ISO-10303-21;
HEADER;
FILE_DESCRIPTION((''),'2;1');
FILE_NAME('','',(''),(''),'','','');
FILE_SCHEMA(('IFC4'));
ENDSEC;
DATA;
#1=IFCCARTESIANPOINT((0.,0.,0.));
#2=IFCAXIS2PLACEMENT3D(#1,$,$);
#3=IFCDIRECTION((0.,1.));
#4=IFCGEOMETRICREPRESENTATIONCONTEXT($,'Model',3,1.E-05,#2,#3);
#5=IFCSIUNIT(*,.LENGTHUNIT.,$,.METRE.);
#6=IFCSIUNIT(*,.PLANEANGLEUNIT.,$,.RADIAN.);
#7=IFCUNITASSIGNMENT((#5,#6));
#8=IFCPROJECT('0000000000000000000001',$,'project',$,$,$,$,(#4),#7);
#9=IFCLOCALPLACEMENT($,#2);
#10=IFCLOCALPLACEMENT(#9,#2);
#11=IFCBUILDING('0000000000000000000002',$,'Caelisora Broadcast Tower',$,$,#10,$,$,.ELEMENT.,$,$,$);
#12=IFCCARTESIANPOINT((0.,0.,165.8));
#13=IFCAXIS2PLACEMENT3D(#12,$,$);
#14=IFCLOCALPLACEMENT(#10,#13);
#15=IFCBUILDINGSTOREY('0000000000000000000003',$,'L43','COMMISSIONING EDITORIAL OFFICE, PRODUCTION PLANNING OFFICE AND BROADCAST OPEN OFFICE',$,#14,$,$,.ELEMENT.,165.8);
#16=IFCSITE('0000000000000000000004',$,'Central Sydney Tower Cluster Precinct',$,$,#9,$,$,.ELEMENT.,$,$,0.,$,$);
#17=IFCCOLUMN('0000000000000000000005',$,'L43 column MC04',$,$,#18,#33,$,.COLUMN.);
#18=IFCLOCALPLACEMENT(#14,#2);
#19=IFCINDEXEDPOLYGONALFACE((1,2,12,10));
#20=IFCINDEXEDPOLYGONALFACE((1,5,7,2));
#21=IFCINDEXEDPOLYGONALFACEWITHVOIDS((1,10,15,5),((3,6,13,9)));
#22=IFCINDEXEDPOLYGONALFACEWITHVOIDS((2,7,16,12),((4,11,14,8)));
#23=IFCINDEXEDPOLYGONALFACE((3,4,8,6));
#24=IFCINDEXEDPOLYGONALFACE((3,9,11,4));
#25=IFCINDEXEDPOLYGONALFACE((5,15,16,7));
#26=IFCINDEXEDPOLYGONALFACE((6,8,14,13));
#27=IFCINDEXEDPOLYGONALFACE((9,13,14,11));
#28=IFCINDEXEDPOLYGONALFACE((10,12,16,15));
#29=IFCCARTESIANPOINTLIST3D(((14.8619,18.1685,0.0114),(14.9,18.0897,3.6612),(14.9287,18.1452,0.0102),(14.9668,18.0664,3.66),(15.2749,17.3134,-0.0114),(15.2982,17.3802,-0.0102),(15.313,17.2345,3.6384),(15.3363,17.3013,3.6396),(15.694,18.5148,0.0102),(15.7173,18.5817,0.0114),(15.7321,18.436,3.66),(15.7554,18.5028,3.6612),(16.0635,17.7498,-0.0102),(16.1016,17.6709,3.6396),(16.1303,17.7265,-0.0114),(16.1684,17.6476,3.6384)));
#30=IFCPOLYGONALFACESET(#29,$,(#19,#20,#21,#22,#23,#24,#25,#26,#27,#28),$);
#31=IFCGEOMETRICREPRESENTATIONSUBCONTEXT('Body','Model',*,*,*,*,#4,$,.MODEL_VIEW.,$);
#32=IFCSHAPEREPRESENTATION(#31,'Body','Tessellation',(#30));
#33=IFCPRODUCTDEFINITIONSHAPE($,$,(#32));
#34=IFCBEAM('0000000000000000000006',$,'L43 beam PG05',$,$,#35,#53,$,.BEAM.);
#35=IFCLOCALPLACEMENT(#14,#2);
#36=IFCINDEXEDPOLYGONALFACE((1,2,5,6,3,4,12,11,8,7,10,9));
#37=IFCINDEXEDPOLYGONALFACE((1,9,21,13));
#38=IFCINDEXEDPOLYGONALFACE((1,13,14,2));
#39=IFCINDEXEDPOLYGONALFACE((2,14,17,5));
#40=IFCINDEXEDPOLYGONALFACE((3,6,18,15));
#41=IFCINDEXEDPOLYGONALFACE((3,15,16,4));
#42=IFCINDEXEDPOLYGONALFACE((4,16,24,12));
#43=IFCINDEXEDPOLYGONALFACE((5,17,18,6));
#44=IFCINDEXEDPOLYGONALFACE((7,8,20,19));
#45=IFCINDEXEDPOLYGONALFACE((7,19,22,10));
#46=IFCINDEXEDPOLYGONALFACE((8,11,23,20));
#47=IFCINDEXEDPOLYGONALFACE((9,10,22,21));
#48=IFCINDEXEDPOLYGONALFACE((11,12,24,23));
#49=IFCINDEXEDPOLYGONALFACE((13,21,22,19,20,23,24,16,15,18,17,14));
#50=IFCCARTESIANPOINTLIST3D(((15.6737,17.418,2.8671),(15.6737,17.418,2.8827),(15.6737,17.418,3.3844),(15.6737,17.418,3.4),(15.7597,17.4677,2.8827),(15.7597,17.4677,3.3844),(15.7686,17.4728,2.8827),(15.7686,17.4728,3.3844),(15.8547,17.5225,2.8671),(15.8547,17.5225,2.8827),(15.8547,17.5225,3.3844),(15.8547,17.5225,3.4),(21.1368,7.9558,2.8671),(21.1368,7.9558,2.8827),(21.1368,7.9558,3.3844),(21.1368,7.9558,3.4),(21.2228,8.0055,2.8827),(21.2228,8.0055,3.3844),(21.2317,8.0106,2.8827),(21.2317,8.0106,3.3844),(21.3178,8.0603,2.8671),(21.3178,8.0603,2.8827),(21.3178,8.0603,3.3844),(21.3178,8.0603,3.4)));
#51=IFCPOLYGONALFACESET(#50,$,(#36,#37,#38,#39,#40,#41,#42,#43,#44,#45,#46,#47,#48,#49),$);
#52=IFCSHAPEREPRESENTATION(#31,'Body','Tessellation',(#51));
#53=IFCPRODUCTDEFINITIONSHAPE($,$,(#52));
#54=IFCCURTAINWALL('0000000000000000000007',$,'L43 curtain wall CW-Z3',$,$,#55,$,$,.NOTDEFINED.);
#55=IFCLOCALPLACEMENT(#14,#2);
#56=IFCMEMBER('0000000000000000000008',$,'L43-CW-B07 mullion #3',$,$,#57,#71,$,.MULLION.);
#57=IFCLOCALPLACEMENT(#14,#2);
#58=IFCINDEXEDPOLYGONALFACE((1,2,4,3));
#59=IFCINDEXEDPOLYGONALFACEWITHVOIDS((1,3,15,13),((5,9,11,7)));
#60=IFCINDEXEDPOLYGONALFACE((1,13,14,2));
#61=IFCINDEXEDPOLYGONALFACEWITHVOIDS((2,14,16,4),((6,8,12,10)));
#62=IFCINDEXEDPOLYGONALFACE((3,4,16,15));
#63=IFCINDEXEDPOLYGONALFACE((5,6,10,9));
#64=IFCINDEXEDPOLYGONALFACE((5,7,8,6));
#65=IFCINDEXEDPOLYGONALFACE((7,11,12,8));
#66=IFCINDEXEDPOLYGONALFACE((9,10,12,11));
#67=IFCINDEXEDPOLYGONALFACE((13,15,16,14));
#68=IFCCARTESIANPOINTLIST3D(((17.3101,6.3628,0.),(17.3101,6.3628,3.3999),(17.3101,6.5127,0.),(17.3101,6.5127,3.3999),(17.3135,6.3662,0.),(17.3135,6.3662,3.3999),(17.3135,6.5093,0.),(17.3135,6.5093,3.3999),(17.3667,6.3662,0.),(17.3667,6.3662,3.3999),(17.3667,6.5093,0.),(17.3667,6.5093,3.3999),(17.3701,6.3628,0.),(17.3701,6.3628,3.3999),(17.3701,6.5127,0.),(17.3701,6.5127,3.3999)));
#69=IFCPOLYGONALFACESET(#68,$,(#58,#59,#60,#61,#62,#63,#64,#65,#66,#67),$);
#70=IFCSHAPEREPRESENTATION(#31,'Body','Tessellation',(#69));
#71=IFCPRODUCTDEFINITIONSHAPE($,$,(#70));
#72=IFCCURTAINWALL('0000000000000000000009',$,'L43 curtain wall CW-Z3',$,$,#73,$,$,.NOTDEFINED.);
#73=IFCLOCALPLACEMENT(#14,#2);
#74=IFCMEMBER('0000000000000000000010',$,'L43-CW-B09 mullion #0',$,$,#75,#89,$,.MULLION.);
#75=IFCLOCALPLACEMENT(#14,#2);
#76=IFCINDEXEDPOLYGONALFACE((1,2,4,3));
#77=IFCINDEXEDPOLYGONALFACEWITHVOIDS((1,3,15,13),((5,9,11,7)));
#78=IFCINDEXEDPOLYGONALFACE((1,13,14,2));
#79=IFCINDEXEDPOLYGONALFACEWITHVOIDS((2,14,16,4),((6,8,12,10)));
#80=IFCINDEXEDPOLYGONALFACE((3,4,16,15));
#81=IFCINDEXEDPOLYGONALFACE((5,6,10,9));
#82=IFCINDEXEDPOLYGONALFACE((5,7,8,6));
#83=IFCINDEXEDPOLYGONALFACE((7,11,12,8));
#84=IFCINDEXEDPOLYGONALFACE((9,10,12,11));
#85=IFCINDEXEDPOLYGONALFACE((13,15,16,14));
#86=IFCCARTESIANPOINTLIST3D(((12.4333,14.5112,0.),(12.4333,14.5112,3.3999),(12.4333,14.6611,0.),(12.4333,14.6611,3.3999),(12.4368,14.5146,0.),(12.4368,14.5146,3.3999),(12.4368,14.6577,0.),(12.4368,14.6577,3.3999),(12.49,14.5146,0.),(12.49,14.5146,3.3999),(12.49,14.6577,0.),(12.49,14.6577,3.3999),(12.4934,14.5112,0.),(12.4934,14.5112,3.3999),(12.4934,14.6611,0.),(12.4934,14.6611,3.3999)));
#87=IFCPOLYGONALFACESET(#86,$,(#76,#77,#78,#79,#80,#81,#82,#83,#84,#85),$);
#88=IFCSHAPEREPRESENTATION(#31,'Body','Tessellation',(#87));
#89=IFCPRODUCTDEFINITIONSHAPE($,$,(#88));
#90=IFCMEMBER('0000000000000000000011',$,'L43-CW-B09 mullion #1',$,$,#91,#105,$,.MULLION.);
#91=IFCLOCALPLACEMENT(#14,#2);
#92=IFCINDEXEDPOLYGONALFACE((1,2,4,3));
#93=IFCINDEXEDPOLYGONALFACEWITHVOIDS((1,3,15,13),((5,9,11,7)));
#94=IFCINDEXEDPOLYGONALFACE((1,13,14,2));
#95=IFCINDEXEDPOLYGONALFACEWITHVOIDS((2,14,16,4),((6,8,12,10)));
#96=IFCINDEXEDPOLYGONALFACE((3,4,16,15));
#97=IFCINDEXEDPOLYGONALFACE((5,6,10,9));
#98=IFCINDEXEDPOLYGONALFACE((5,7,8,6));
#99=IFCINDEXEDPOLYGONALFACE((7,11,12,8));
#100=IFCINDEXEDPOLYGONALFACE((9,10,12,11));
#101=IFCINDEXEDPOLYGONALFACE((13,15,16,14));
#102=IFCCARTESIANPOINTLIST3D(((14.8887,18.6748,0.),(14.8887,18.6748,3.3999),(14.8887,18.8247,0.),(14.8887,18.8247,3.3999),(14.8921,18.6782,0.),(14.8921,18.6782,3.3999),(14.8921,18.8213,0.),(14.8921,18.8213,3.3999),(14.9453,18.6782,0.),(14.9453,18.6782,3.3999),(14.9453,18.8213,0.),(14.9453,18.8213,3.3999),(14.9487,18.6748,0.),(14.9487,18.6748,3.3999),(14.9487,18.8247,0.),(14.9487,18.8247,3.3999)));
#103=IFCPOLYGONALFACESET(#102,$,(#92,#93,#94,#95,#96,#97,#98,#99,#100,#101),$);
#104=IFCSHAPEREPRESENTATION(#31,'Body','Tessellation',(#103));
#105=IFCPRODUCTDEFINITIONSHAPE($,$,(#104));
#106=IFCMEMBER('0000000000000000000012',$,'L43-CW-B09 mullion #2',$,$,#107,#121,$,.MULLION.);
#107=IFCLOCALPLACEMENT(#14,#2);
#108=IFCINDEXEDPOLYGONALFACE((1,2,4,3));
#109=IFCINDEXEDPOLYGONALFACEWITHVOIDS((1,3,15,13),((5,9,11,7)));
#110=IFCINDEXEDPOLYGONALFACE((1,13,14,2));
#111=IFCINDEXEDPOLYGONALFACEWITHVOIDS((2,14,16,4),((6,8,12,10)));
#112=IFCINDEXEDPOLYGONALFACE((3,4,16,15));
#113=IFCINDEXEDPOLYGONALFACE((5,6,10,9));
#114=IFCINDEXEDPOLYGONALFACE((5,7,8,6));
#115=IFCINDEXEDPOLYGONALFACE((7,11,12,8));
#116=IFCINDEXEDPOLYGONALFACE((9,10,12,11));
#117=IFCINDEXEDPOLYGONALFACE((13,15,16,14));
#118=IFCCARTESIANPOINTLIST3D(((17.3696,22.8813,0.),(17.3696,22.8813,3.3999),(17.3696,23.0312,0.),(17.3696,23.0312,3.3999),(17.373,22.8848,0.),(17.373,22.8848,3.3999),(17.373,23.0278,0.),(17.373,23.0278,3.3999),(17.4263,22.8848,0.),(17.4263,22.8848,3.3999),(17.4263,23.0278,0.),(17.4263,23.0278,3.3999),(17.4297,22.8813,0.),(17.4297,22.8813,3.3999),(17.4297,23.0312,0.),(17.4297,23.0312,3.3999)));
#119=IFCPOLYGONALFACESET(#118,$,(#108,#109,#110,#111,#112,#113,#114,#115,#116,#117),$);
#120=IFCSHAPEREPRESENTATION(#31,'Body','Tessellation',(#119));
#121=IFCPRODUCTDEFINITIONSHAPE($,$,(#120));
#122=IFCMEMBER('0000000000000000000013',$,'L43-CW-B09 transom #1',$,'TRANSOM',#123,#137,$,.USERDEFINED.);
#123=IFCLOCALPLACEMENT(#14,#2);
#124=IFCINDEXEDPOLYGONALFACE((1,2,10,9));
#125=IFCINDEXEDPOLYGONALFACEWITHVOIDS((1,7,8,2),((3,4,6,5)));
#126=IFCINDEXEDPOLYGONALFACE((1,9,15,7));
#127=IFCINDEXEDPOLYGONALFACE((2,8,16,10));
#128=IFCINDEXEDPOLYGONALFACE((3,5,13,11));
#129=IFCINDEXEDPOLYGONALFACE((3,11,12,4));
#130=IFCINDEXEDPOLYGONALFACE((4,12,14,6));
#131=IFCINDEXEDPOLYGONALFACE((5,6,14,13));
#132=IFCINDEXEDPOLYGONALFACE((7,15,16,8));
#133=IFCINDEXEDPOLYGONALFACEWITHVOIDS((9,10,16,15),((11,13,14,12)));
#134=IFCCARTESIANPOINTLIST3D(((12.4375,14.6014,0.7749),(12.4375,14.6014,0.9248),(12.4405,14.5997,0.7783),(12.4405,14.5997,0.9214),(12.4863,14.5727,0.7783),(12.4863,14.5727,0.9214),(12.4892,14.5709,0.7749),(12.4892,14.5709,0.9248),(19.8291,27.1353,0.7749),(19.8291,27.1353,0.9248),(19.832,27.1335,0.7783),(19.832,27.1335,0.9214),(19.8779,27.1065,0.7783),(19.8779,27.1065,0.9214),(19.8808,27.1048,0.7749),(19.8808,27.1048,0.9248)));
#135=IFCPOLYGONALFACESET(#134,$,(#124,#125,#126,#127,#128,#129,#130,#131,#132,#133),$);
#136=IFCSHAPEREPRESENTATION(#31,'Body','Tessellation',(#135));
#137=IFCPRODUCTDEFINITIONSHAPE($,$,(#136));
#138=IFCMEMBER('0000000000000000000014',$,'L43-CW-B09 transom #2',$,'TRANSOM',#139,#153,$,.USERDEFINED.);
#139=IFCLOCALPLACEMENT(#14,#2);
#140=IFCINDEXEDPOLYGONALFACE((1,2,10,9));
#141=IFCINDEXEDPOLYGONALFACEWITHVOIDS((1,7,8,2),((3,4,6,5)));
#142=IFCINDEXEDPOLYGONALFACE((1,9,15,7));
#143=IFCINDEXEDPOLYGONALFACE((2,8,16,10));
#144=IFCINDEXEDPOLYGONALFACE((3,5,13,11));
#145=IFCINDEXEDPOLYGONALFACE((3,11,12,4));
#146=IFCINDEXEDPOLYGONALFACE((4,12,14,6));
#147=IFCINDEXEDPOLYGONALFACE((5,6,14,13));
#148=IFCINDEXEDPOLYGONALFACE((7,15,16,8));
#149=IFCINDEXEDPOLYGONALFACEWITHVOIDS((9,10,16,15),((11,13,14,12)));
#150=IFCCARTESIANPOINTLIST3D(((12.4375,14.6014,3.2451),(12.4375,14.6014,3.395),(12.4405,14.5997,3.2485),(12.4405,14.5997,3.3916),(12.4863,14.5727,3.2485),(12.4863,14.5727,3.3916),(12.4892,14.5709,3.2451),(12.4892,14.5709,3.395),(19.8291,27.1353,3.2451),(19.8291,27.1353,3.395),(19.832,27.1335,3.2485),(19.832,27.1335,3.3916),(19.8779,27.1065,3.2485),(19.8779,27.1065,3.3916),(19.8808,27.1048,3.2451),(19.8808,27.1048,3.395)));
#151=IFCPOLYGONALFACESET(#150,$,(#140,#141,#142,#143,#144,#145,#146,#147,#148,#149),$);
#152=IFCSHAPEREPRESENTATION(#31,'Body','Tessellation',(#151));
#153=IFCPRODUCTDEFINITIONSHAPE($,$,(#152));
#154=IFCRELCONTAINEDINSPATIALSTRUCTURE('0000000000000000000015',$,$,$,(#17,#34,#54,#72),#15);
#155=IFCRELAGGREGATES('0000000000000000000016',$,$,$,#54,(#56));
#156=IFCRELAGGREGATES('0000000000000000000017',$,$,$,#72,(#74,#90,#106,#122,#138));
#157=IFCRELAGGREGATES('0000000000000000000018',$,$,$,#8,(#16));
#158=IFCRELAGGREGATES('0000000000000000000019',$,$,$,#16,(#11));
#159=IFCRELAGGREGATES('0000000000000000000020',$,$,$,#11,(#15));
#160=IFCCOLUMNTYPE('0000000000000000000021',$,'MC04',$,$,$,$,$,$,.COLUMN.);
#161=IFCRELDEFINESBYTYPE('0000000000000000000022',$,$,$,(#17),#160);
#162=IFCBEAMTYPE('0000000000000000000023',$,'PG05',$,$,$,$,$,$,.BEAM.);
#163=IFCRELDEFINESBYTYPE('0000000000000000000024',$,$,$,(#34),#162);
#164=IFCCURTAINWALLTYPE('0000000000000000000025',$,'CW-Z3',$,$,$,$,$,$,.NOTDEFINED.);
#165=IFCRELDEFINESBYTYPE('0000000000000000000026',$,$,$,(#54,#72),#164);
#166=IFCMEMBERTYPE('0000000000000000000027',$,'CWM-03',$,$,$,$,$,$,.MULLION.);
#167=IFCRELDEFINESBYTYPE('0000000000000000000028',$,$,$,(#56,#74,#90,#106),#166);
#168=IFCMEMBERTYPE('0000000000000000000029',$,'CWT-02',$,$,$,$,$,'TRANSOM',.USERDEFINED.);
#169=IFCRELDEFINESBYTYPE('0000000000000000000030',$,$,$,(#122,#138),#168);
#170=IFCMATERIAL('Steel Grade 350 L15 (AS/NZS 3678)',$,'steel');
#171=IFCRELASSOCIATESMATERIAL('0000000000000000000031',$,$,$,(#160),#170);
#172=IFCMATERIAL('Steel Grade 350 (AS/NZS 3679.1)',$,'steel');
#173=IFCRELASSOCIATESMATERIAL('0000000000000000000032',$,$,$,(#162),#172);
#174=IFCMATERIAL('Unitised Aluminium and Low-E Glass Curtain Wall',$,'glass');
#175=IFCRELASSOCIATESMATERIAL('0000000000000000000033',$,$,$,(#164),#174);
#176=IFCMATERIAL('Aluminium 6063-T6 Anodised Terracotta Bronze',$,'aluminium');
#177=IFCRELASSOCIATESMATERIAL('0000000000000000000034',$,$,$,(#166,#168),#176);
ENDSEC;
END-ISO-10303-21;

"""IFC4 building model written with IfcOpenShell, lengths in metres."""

from ifc_helpers import new_model, si_unit, direction, frame, origin, origin_2d, place, context, subcontext, project, spatial, hollow_rectangle, i_section, extrude, source, transform, mapped, material, material_profile, profile_set, type_object, type_shapes, element, aggregate, save


model = new_model("IFC4")

# Units and contexts
model_context = context("Model", 3, precision=1e-05, world=origin(), true_north=direction((0.0, 1.0)))
body_context = subcontext(model_context, "Body", "Model", "MODEL_VIEW")
ifc_project = project(units=[si_unit("LENGTHUNIT", "METRE"), si_unit("PLANEANGLEUNIT", "RADIAN")], contexts=[model_context])

# Site, building, storey
site_placement = place(None, origin())
site = spatial("IfcSite", under=ifc_project, at=site_placement, Name="Central Sydney Tower Cluster Precinct", CompositionType="ELEMENT", RefElevation=0.0)
building_placement = place(site_placement, origin())
building = spatial("IfcBuilding", under=site, at=building_placement, Name="Caelisora Broadcast Tower", CompositionType="ELEMENT")
storey_placement = place(building_placement, frame((0.0, 0.0, 165.8)))
storey = spatial("IfcBuildingStorey", under=building, at=storey_placement, Name="L43", Description="COMMISSIONING EDITORIAL OFFICE, PRODUCTION PLANNING OFFICE AND BROADCAST OPEN OFFICE", CompositionType="ELEMENT", Elevation=165.8)

# Column
ifc_material_1 = material(Name="Steel Grade 350 L15 (AS/NZS 3678)", Category="steel")
ifc_material_profile_1 = material_profile(ifc_material_1, hollow_rectangle(XDim=0.95, YDim=0.95, WallThickness=0.05, at=origin_2d()), Name="Steel Grade 350 L15 (AS/NZS 3678)")
ifc_profile_set_1 = profile_set([ifc_material_profile_1], Name="Steel Grade 350 L15 (AS/NZS 3678)")
column_type = type_object("IfcColumnType", Name="MC04", PredefinedType="COLUMN", material=ifc_profile_set_1)
shared_shape_1 = source(origin(), body_context, "Body", "SweptSolid", [
    extrude(hollow_rectangle(XDim=0.95, YDim=0.95, WallThickness=0.05, at=origin_2d()), origin(), (0.0, 0.0, 1.0), 3.6509),
])
type_shapes(column_type, [shared_shape_1])
column_placement = place(storey_placement, frame((15.4961, 17.9475, 0.0), z_axis=(0.010432, -0.021599, 0.999712), x_axis=(0.900476, 0.434905, 0.0)))
element("IfcColumn", 1, at=column_placement, inside=storey, type_object=column_type, Name="L43 column MC04", PredefinedType="COLUMN", context=body_context, shape_type="MappedRepresentation", body=[
    mapped(shared_shape_1, transform((0.0, 0.0, 0.0), scale=1.0)),
])

# Beam
ifc_material_2 = material(Name="Steel Grade 350 (AS/NZS 3679.1)", Category="steel")
ifc_material_profile_2 = material_profile(ifc_material_2, i_section(OverallWidth=0.209, OverallDepth=0.533, WebThickness=0.0103, FlangeThickness=0.0156, at=origin_2d()), Name="Steel Grade 350 (AS/NZS 3679.1)")
ifc_profile_set_2 = profile_set([ifc_material_profile_2], Name="Steel Grade 350 (AS/NZS 3679.1)")
beam_type = type_object("IfcBeamType", Name="PG05", PredefinedType="BEAM", material=ifc_profile_set_2)
shared_shape_2 = source(origin(), body_context, "Body", "SweptSolid", [
    extrude(i_section(OverallWidth=0.209, OverallDepth=0.533, WebThickness=0.0103, FlangeThickness=0.0156, at=origin_2d()), origin(), (0.0, 0.0, 1.0), 10.926),
])
type_shapes(beam_type, [shared_shape_2])
beam_placement = place(storey_placement, frame((15.7642, 17.4702, 3.1335), z_axis=(0.500011, -0.866019, 0.0), x_axis=(0.866019, 0.500011, 0.0)))
element("IfcBeam", 2, at=beam_placement, inside=storey, type_object=beam_type, Name="L43 beam PG05", PredefinedType="BEAM", context=body_context, shape_type="MappedRepresentation", body=[
    mapped(shared_shape_2, transform((0.0, 0.0, 0.0), scale=1.0)),
])

# Curtain wall, member
ifc_material_3 = material(Name="Unitised Aluminium and Low-E Glass Curtain Wall", Category="glass")
curtain_wall_type = type_object("IfcCurtainWallType", Name="CW-Z3", PredefinedType="NOTDEFINED", material=ifc_material_3)
curtain_wall_1_placement = place(storey_placement, origin())
curtain_wall_1 = element("IfcCurtainWall", 3, at=curtain_wall_1_placement, inside=storey, type_object=curtain_wall_type, Name="L43 curtain wall CW-Z3", PredefinedType="NOTDEFINED")
ifc_material_4 = material(Name="Aluminium 6063-T6 Anodised Terracotta Bronze", Category="aluminium")
ifc_material_profile_3 = material_profile(ifc_material_4, hollow_rectangle(XDim=0.0601, YDim=0.1499, WallThickness=0.0034, at=origin_2d()), Name="Aluminium 6063-T6 Anodised Terracotta Bronze")
ifc_profile_set_3 = profile_set([ifc_material_profile_3], Name="Aluminium 6063-T6 Anodised Terracotta Bronze")
member_type_1 = type_object("IfcMemberType", Name="CWM-03", PredefinedType="MULLION", material=ifc_profile_set_3)
shared_shape_3 = source(origin(), body_context, "Body", "SweptSolid", [
    extrude(hollow_rectangle(XDim=0.0601, YDim=0.1499, WallThickness=0.0034, at=origin_2d()), origin(), (0.0, 0.0, 1.0), 3.3999),
])
type_shapes(member_type_1, [shared_shape_3])
member_1_placement = place(storey_placement, frame((17.3401, 6.4377, 0.0), z_axis=(0.0, 0.0, 1.0), x_axis=(1.0, 0.0, 0.0)))
member_1 = element("IfcMember", 4, at=member_1_placement, type_object=member_type_1, Name="L43-CW-B07 mullion #3", PredefinedType="MULLION", context=body_context, shape_type="MappedRepresentation", body=[
    mapped(shared_shape_3, transform((0.0, 0.0, 0.0), scale=1.0)),
])
aggregate(curtain_wall_1, [member_1])

# Curtain wall, members
curtain_wall_2_placement = place(storey_placement, origin())
curtain_wall_2 = element("IfcCurtainWall", 5, at=curtain_wall_2_placement, inside=storey, type_object=curtain_wall_type, Name="L43 curtain wall CW-Z3", PredefinedType="NOTDEFINED")
member_2_placement = place(storey_placement, frame((12.4634, 14.5862, 0.0), z_axis=(0.0, 0.0, 1.0), x_axis=(1.0, 0.0, 0.0)))
member_2 = element("IfcMember", 6, at=member_2_placement, type_object=member_type_1, Name="L43-CW-B09 mullion #0", PredefinedType="MULLION", context=body_context, shape_type="MappedRepresentation", body=[
    mapped(shared_shape_3, transform((0.0, 0.0, 0.0), scale=1.0)),
])
member_3_placement = place(storey_placement, frame((14.9187, 18.7498, 0.0), z_axis=(0.0, 0.0, 1.0), x_axis=(1.0, 0.0, 0.0)))
member_3 = element("IfcMember", 7, at=member_3_placement, type_object=member_type_1, Name="L43-CW-B09 mullion #1", PredefinedType="MULLION", context=body_context, shape_type="MappedRepresentation", body=[
    mapped(shared_shape_3, transform((0.0, 0.0, 0.0), scale=1.0)),
])
member_4_placement = place(storey_placement, frame((17.3997, 22.9563, 0.0), z_axis=(0.0, 0.0, 1.0), x_axis=(1.0, 0.0, 0.0)))
member_4 = element("IfcMember", 8, at=member_4_placement, type_object=member_type_1, Name="L43-CW-B09 mullion #2", PredefinedType="MULLION", context=body_context, shape_type="MappedRepresentation", body=[
    mapped(shared_shape_3, transform((0.0, 0.0, 0.0), scale=1.0)),
])
ifc_material_profile_4 = material_profile(ifc_material_4, hollow_rectangle(XDim=0.0601, YDim=0.1499, WallThickness=0.0034, at=origin_2d()), Name="Aluminium 6063-T6 Anodised Terracotta Bronze")
ifc_profile_set_4 = profile_set([ifc_material_profile_4], Name="Aluminium 6063-T6 Anodised Terracotta Bronze")
member_type_2 = type_object("IfcMemberType", Name="CWT-02", ElementType="TRANSOM", PredefinedType="USERDEFINED", material=ifc_profile_set_4)
shared_shape_4 = source(origin(), body_context, "Body", "SweptSolid", [
    extrude(hollow_rectangle(XDim=0.0601, YDim=0.1499, WallThickness=0.0034, at=origin_2d()), origin(), (0.0, 0.0, 1.0), 14.551),
])
type_shapes(member_type_2, [shared_shape_4])
member_5_placement = place(storey_placement, frame((12.4634, 14.5862, 0.8499), z_axis=(0.507974, 0.861372, 0.0), x_axis=(-0.861372, 0.507974, 0.0)))
member_5 = element("IfcMember", 9, at=member_5_placement, type_object=member_type_2, Name="L43-CW-B09 transom #1", ObjectType="TRANSOM", PredefinedType="USERDEFINED", context=body_context, shape_type="MappedRepresentation", body=[
    mapped(shared_shape_4, transform((0.0, 0.0, 0.0), scale=1.0)),
])
member_6_placement = place(storey_placement, frame((12.4634, 14.5862, 3.3201), z_axis=(0.507974, 0.861372, 0.0), x_axis=(-0.861372, 0.507974, 0.0)))
member_6 = element("IfcMember", 10, at=member_6_placement, type_object=member_type_2, Name="L43-CW-B09 transom #2", ObjectType="TRANSOM", PredefinedType="USERDEFINED", context=body_context, shape_type="MappedRepresentation", body=[
    mapped(shared_shape_4, transform((0.0, 0.0, 0.0), scale=1.0)),
])

aggregate(curtain_wall_2, [member_2, member_3, member_4, member_5, member_6])

save(model, "model.ifc")
